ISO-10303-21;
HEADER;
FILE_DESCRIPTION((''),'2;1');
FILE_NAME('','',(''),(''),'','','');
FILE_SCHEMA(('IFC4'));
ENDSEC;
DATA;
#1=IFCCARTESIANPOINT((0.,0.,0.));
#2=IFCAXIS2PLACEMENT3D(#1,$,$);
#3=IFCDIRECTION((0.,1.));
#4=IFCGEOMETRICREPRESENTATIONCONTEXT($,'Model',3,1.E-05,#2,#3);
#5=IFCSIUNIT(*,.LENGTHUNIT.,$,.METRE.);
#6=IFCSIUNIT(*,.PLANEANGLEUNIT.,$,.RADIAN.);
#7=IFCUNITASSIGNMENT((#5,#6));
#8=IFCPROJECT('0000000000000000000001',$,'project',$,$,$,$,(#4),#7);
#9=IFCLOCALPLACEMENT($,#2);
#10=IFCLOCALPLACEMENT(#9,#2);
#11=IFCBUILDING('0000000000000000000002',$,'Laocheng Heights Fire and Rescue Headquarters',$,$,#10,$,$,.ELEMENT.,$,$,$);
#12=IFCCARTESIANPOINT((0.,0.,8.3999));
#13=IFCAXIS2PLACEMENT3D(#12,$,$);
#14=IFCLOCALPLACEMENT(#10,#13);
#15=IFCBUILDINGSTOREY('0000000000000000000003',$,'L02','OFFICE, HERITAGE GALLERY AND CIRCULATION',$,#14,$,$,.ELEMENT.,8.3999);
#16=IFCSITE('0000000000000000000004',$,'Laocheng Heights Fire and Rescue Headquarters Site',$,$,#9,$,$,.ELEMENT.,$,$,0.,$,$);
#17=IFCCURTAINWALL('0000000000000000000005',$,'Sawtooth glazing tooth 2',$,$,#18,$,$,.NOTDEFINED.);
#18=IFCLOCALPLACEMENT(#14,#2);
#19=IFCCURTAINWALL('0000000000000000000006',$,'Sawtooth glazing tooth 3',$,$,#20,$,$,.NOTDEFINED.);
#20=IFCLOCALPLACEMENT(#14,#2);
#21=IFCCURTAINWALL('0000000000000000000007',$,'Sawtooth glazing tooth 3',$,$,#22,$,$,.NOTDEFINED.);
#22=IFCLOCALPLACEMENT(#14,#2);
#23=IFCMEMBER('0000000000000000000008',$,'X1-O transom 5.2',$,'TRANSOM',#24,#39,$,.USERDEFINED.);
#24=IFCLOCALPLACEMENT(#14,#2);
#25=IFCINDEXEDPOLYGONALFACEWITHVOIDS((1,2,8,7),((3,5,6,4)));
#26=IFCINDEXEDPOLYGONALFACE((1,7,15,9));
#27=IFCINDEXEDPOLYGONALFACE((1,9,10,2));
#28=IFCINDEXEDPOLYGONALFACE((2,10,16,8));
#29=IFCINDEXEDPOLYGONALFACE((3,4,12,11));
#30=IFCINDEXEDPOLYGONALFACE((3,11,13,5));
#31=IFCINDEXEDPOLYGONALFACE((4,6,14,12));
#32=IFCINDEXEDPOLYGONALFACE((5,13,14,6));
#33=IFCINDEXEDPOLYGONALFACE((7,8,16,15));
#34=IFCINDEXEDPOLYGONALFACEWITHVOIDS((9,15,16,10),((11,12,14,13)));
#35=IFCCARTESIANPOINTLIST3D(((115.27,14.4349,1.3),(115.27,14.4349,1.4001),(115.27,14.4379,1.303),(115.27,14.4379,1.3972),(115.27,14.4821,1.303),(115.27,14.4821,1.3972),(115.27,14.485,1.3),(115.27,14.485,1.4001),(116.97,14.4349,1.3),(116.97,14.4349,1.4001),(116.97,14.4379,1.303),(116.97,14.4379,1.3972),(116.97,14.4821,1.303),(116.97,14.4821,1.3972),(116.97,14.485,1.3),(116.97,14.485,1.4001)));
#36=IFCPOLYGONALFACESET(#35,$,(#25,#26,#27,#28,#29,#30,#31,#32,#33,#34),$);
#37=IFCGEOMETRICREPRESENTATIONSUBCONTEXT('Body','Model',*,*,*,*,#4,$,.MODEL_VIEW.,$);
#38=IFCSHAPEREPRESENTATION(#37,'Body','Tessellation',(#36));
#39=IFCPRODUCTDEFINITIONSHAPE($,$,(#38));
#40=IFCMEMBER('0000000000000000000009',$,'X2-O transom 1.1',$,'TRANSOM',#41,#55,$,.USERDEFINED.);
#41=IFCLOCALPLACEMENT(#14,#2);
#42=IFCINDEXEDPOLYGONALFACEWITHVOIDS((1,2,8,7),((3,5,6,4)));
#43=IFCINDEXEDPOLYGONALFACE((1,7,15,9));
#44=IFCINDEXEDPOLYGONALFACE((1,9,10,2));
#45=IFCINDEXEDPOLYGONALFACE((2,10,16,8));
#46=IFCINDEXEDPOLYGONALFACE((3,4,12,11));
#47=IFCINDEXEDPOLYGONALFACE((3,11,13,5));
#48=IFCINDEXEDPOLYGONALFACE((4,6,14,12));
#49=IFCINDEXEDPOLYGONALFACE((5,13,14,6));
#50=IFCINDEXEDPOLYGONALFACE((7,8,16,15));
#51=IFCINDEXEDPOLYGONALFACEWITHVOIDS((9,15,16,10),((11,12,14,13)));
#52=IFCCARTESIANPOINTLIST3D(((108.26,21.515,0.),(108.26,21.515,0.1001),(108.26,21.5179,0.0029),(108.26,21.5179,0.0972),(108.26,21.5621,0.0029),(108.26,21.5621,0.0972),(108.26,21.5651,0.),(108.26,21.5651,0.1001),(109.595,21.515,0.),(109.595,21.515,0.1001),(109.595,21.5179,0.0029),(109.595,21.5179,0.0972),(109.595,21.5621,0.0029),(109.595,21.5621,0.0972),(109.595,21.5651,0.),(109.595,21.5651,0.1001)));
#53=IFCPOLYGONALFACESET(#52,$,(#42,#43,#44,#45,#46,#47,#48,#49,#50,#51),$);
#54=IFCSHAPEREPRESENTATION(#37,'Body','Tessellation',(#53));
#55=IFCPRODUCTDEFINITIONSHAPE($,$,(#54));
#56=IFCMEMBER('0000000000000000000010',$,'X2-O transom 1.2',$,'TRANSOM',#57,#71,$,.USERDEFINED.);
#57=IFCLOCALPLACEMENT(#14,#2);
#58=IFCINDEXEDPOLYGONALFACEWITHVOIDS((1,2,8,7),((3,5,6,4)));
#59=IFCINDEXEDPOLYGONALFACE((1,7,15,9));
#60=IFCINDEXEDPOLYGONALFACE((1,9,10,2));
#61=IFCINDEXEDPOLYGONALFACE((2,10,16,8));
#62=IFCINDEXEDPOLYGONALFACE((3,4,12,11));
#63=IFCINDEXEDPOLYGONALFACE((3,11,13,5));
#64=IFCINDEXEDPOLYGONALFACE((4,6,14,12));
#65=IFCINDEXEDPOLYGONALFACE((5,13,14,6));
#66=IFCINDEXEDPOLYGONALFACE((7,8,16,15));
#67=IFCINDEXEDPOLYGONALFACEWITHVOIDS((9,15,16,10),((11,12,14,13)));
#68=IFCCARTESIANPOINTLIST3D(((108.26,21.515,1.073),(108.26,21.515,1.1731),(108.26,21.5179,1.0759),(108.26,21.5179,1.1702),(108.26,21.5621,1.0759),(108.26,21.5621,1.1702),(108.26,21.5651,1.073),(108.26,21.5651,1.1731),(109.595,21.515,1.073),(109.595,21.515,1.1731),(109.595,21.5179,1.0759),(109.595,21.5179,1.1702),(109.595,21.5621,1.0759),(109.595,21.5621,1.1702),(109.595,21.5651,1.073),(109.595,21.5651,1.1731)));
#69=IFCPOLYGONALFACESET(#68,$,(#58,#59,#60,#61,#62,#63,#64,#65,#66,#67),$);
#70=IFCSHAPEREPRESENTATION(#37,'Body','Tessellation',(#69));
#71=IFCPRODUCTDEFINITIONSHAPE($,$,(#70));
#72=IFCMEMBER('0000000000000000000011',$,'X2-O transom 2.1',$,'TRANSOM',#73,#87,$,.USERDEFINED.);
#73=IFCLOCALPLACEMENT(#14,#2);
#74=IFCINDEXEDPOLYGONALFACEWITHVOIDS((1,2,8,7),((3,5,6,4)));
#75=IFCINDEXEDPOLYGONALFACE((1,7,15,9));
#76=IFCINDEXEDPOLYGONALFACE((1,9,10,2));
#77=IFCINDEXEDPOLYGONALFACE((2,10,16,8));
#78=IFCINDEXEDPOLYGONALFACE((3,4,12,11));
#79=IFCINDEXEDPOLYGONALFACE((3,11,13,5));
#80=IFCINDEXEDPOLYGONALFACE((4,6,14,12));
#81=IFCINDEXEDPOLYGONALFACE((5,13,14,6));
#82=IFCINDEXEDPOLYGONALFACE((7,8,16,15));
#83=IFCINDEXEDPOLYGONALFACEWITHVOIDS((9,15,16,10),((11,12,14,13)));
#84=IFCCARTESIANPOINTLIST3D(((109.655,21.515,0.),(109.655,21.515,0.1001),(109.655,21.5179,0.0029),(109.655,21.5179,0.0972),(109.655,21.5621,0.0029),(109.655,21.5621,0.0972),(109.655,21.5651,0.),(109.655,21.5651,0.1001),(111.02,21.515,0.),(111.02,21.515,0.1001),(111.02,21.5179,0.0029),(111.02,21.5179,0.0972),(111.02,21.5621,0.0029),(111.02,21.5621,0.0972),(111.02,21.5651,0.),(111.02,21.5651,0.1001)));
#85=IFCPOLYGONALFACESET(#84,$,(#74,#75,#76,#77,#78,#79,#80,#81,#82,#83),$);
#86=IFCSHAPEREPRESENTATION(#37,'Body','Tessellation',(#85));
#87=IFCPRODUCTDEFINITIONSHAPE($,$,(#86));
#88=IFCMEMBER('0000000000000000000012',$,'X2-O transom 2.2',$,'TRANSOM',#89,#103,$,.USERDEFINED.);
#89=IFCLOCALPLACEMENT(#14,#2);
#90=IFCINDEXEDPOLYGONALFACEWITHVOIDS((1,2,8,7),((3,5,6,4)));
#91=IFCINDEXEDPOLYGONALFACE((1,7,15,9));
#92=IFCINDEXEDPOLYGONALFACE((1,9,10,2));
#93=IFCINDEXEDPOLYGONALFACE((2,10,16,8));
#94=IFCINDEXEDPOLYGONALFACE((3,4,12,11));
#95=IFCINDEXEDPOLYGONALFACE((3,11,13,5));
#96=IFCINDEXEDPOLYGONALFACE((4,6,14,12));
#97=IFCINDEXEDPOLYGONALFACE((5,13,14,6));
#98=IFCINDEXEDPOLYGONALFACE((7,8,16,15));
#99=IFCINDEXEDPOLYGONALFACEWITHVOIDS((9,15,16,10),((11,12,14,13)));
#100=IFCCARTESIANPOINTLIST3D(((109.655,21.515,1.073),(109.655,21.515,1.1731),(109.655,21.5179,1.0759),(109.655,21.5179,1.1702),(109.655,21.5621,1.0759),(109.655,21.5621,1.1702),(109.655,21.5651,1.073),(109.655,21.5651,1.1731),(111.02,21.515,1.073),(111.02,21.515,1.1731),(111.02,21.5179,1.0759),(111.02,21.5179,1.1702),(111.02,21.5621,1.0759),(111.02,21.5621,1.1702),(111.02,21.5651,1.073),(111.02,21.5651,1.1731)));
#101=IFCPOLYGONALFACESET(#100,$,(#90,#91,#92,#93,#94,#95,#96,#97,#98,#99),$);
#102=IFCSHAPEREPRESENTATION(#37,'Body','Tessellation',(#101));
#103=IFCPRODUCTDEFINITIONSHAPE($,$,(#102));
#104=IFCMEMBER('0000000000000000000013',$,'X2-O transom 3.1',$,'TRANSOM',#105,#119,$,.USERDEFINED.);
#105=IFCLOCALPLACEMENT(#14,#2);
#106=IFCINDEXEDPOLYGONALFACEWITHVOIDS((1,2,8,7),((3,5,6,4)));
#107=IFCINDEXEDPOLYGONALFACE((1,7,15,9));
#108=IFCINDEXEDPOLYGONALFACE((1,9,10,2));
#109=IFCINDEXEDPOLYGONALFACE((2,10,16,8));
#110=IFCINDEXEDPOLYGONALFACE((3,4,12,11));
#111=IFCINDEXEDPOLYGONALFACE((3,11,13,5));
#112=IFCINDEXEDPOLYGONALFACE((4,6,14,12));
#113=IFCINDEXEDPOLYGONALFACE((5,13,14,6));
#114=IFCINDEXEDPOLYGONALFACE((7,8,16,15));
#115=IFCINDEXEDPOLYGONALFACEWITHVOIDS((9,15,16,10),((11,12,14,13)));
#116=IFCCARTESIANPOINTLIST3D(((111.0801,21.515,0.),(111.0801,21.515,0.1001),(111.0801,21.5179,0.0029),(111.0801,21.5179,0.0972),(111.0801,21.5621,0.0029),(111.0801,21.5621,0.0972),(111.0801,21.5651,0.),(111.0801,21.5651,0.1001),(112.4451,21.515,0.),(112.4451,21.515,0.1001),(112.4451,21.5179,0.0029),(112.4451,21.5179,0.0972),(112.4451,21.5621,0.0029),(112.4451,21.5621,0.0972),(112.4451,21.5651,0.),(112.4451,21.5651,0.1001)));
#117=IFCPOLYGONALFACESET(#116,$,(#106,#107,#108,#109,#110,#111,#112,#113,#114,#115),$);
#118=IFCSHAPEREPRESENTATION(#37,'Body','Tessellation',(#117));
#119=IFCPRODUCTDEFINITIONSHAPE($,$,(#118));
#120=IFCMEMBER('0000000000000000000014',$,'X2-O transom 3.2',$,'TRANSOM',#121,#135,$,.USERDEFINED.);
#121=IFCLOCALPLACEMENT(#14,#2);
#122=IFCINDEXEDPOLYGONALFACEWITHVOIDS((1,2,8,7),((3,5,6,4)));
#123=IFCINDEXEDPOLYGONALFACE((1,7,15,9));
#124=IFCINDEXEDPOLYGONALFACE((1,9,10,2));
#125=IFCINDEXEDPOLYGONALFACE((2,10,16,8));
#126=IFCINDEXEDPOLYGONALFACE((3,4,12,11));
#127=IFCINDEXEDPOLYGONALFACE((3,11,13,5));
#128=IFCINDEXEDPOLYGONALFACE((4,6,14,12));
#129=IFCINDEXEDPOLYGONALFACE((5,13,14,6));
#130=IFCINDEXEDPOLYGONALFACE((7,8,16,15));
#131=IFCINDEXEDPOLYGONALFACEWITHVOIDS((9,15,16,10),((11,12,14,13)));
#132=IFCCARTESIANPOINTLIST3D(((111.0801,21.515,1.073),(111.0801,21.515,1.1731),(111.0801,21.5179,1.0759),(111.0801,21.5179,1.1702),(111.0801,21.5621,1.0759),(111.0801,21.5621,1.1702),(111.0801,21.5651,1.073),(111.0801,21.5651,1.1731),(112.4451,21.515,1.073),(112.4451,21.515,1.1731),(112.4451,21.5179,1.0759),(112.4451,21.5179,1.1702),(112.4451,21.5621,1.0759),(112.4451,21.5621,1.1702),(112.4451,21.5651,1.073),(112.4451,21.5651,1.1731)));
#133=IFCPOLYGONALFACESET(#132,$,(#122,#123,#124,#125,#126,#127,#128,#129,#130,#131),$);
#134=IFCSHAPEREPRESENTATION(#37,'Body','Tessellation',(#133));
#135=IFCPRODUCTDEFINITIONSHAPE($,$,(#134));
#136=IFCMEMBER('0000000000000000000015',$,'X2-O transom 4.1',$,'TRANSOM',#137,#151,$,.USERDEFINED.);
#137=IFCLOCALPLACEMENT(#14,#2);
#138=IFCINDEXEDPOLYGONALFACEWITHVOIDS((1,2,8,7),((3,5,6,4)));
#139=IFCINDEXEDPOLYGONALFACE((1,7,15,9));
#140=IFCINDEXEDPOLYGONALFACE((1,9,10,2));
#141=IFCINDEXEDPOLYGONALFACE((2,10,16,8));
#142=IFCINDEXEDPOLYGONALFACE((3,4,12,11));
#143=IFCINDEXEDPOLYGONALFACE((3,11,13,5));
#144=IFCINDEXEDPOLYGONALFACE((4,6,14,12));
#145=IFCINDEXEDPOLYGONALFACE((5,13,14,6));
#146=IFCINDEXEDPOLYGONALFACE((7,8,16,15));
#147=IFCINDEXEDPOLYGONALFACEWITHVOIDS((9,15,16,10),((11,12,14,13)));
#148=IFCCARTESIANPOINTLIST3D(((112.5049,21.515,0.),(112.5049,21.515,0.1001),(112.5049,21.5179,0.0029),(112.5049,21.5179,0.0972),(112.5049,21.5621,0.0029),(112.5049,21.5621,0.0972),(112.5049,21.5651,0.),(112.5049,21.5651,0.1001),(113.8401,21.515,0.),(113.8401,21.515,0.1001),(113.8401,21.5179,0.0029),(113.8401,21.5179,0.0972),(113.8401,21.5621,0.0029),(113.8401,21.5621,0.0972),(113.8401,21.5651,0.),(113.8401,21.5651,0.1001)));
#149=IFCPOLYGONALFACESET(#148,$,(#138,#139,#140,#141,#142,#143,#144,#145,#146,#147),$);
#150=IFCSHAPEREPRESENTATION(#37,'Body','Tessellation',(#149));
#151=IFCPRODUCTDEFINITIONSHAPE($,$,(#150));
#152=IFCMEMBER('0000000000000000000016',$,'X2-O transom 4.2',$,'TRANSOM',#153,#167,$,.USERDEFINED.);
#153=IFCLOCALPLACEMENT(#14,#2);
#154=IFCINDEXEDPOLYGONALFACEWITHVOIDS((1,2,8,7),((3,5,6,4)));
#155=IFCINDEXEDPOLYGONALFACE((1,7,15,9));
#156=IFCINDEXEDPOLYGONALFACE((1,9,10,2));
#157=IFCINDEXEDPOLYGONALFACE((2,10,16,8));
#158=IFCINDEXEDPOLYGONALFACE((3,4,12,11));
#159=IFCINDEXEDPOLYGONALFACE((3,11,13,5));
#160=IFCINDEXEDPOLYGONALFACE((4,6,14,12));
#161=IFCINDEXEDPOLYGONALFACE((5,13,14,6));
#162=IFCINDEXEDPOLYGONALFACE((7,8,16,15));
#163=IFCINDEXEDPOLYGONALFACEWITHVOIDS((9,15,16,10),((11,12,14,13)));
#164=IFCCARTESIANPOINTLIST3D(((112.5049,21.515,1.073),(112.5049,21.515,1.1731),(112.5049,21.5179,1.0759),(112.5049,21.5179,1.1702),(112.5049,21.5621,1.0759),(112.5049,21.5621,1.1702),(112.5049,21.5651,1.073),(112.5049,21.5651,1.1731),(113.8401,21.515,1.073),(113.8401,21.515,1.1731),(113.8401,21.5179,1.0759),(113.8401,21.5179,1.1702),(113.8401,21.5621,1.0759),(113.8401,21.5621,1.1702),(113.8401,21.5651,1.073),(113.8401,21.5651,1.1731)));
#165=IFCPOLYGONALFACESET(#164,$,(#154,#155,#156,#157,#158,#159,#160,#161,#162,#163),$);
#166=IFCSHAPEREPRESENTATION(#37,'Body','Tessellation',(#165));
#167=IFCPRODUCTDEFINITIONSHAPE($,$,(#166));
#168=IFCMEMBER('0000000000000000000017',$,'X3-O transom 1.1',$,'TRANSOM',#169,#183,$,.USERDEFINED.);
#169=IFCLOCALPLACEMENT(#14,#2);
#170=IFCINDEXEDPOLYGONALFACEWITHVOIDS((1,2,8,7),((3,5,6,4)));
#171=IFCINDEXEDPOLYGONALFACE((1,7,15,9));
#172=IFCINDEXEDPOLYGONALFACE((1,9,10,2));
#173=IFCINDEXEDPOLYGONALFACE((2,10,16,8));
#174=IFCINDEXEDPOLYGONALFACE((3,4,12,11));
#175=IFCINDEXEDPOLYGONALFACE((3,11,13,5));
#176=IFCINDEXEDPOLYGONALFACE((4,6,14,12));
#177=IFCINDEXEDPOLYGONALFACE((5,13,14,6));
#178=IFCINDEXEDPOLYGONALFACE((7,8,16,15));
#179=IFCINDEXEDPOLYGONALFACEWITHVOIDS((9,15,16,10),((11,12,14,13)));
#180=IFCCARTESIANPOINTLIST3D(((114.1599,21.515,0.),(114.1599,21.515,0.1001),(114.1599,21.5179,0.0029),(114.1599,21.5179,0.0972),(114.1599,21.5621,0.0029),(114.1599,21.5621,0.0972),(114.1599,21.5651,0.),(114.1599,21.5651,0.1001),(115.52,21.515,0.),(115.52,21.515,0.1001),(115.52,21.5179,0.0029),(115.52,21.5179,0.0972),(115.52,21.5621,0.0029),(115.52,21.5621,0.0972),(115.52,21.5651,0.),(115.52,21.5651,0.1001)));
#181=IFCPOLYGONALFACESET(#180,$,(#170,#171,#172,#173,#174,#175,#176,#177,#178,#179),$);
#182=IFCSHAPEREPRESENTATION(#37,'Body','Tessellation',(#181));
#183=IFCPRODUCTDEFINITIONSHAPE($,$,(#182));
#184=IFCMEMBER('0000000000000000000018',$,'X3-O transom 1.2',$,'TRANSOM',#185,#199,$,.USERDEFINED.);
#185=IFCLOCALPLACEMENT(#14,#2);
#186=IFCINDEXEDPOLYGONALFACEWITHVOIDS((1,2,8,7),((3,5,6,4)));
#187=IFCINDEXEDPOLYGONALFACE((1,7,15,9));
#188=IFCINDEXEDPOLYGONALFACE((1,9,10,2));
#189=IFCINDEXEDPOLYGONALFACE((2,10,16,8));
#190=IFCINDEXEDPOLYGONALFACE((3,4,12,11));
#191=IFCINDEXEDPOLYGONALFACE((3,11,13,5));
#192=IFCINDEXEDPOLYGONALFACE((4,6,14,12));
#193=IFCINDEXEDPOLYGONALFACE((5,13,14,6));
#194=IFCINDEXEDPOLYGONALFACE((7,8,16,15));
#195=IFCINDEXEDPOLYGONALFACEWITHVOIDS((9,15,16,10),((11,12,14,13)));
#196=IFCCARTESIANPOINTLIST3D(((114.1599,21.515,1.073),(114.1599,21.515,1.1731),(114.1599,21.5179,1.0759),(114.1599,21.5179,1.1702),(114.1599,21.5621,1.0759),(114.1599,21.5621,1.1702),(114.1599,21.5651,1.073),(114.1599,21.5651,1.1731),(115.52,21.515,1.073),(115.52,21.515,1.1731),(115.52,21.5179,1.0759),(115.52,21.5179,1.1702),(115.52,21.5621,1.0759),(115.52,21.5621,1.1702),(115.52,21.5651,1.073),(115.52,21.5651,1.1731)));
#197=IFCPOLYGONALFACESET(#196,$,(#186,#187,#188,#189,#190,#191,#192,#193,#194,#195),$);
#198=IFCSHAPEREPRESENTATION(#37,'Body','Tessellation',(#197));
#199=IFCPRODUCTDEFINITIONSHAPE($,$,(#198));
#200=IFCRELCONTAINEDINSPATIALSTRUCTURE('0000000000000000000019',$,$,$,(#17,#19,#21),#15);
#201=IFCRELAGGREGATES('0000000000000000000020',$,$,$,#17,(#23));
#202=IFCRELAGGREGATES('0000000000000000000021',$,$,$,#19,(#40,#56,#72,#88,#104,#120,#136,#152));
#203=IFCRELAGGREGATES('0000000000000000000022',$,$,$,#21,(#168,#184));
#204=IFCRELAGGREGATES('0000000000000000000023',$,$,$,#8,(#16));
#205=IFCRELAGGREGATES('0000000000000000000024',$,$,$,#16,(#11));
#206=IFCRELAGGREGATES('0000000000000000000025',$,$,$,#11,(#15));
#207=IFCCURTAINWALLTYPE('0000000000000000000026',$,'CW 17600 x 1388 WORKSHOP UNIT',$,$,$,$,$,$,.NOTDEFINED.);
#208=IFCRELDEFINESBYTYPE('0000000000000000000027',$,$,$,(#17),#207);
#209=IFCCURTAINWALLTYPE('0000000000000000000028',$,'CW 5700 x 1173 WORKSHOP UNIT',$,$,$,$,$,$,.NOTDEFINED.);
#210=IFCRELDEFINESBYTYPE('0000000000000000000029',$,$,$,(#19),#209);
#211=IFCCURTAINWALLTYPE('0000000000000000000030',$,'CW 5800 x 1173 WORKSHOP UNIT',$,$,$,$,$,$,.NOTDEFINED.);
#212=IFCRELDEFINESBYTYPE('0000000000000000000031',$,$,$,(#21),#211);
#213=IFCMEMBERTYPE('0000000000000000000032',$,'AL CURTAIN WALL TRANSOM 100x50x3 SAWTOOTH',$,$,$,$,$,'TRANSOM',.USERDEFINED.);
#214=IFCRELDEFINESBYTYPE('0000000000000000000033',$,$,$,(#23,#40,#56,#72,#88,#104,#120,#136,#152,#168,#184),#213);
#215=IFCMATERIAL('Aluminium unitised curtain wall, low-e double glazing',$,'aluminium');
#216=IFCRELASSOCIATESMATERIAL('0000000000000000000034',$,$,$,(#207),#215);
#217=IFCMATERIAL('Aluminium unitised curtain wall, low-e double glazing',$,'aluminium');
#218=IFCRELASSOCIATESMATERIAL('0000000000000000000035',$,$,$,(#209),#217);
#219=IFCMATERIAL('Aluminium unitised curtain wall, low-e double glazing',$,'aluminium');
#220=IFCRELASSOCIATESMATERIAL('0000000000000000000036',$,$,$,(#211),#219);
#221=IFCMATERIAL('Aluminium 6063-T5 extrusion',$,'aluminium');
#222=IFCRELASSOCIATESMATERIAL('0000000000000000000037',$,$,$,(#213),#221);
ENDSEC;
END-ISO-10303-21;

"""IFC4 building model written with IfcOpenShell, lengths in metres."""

from ifc_helpers import new_model, si_unit, direction, frame, origin, origin_2d, place, context, subcontext, project, spatial, hollow_rectangle, extrude, material, material_profile, profile_set, type_object, element, aggregate, save


model = new_model("IFC4")

# Units and contexts
model_context = context("Model", 3, precision=1e-05, world=origin(), true_north=direction((0.0, 1.0)))
body_context = subcontext(model_context, "Body", "Model", "MODEL_VIEW")
ifc_project = project(units=[si_unit("LENGTHUNIT", "METRE"), si_unit("PLANEANGLEUNIT", "RADIAN")], contexts=[model_context])

# Site, building, storey
site_placement = place(None, origin())
site = spatial("IfcSite", under=ifc_project, at=site_placement, Name="Laocheng Heights Fire and Rescue Headquarters Site", CompositionType="ELEMENT", RefElevation=0.0)
building_placement = place(site_placement, origin())
building = spatial("IfcBuilding", under=site, at=building_placement, Name="Laocheng Heights Fire and Rescue Headquarters", CompositionType="ELEMENT")
storey_placement = place(building_placement, frame((0.0, 0.0, 8.3999)))
storey = spatial("IfcBuildingStorey", under=building, at=storey_placement, Name="L02", Description="OFFICE, HERITAGE GALLERY AND CIRCULATION", CompositionType="ELEMENT", Elevation=8.3999)

# Curtain walls
ifc_material_1 = material(Name="Aluminium unitised curtain wall, low-e double glazing", Category="aluminium")
curtain_wall_type_1 = type_object("IfcCurtainWallType", Name="CW 17600 x 1388 WORKSHOP UNIT", PredefinedType="NOTDEFINED", material=ifc_material_1)
curtain_wall_1_placement = place(storey_placement, origin())
curtain_wall_1 = element("IfcCurtainWall", 1, at=curtain_wall_1_placement, inside=storey, type_object=curtain_wall_type_1, Name="Sawtooth glazing tooth 2", PredefinedType="NOTDEFINED")
ifc_material_2 = material(Name="Aluminium unitised curtain wall, low-e double glazing", Category="aluminium")
curtain_wall_type_2 = type_object("IfcCurtainWallType", Name="CW 5700 x 1173 WORKSHOP UNIT", PredefinedType="NOTDEFINED", material=ifc_material_2)
curtain_wall_2_placement = place(storey_placement, origin())
curtain_wall_2 = element("IfcCurtainWall", 2, at=curtain_wall_2_placement, inside=storey, type_object=curtain_wall_type_2, Name="Sawtooth glazing tooth 3", PredefinedType="NOTDEFINED")

# Curtain wall
ifc_material_3 = material(Name="Aluminium unitised curtain wall, low-e double glazing", Category="aluminium")
curtain_wall_type_3 = type_object("IfcCurtainWallType", Name="CW 5800 x 1173 WORKSHOP UNIT", PredefinedType="NOTDEFINED", material=ifc_material_3)
curtain_wall_3_placement = place(storey_placement, origin())
curtain_wall_3 = element("IfcCurtainWall", 3, at=curtain_wall_3_placement, inside=storey, type_object=curtain_wall_type_3, Name="Sawtooth glazing tooth 3", PredefinedType="NOTDEFINED")

# Members
ifc_material_4 = material(Name="Aluminium 6063-T5 extrusion", Category="aluminium")
ifc_material_profile_1 = material_profile(ifc_material_4, hollow_rectangle(XDim=0.05, YDim=0.1001, WallThickness=0.0029, at=origin_2d()), Name="AL TRANSOM 100x50x3")
ifc_profile_set_1 = profile_set([ifc_material_profile_1], Name="Aluminium 6063-T5 extrusion")
member_type_1 = type_object("IfcMemberType", Name="AL CURTAIN WALL TRANSOM 100x50x3 SAWTOOTH", ElementType="TRANSOM", PredefinedType="USERDEFINED", material=ifc_profile_set_1)
member_1_placement = place(storey_placement, frame((115.27, 14.46, 1.3501), z_axis=(1.0, 0.0, 0.0), x_axis=(0.0, 1.0, 0.0)))
member_1 = element("IfcMember", 4, at=member_1_placement, type_object=member_type_1, Name="X1-O transom 5.2", ObjectType="TRANSOM", PredefinedType="USERDEFINED", context=body_context, shape_type="SweptSolid", body=[
    extrude(hollow_rectangle(XDim=0.05, YDim=0.1001, WallThickness=0.0029, at=origin_2d()), origin(), (0.0, 0.0, 1.0), 1.7),
])
member_2_placement = place(storey_placement, frame((108.26, 21.54, 0.05), z_axis=(1.0, 0.0, 0.0), x_axis=(0.0, 1.0, 0.0)))
member_2 = element("IfcMember", 5, at=member_2_placement, type_object=member_type_1, Name="X2-O transom 1.1", ObjectType="TRANSOM", PredefinedType="USERDEFINED", context=body_context, shape_type="SweptSolid", body=[
    extrude(hollow_rectangle(XDim=0.05, YDim=0.1001, WallThickness=0.0029, at=origin_2d()), origin(), (0.0, 0.0, 1.0), 1.335),
])
member_3_placement = place(storey_placement, frame((108.26, 21.54, 1.123), z_axis=(1.0, 0.0, 0.0), x_axis=(0.0, 1.0, 0.0)))
member_3 = element("IfcMember", 6, at=member_3_placement, type_object=member_type_1, Name="X2-O transom 1.2", ObjectType="TRANSOM", PredefinedType="USERDEFINED", context=body_context, shape_type="SweptSolid", body=[
    extrude(hollow_rectangle(XDim=0.05, YDim=0.1001, WallThickness=0.0029, at=origin_2d()), origin(), (0.0, 0.0, 1.0), 1.335),
])
member_4_placement = place(storey_placement, frame((109.655, 21.54, 0.05), z_axis=(1.0, 0.0, 0.0), x_axis=(0.0, 1.0, 0.0)))
member_4 = element("IfcMember", 7, at=member_4_placement, type_object=member_type_1, Name="X2-O transom 2.1", ObjectType="TRANSOM", PredefinedType="USERDEFINED", context=body_context, shape_type="SweptSolid", body=[
    extrude(hollow_rectangle(XDim=0.05, YDim=0.1001, WallThickness=0.0029, at=origin_2d()), origin(), (0.0, 0.0, 1.0), 1.365),
])
member_5_placement = place(storey_placement, frame((109.655, 21.54, 1.123), z_axis=(1.0, 0.0, 0.0), x_axis=(0.0, 1.0, 0.0)))
member_5 = element("IfcMember", 8, at=member_5_placement, type_object=member_type_1, Name="X2-O transom 2.2", ObjectType="TRANSOM", PredefinedType="USERDEFINED", context=body_context, shape_type="SweptSolid", body=[
    extrude(hollow_rectangle(XDim=0.05, YDim=0.1001, WallThickness=0.0029, at=origin_2d()), origin(), (0.0, 0.0, 1.0), 1.365),
])
member_6_placement = place(storey_placement, frame((111.0801, 21.54, 0.05), z_axis=(1.0, 0.0, 0.0), x_axis=(0.0, 1.0, 0.0)))
member_6 = element("IfcMember", 9, at=member_6_placement, type_object=member_type_1, Name="X2-O transom 3.1", ObjectType="TRANSOM", PredefinedType="USERDEFINED", context=body_context, shape_type="SweptSolid", body=[
    extrude(hollow_rectangle(XDim=0.05, YDim=0.1001, WallThickness=0.0029, at=origin_2d()), origin(), (0.0, 0.0, 1.0), 1.365),
])
member_7_placement = place(storey_placement, frame((111.0801, 21.54, 1.123), z_axis=(1.0, 0.0, 0.0), x_axis=(0.0, 1.0, 0.0)))
member_7 = element("IfcMember", 10, at=member_7_placement, type_object=member_type_1, Name="X2-O transom 3.2", ObjectType="TRANSOM", PredefinedType="USERDEFINED", context=body_context, shape_type="SweptSolid", body=[
    extrude(hollow_rectangle(XDim=0.05, YDim=0.1001, WallThickness=0.0029, at=origin_2d()), origin(), (0.0, 0.0, 1.0), 1.365),
])
member_8_placement = place(storey_placement, frame((112.5049, 21.54, 0.05), z_axis=(1.0, 0.0, 0.0), x_axis=(0.0, 1.0, 0.0)))
member_8 = element("IfcMember", 11, at=member_8_placement, type_object=member_type_1, Name="X2-O transom 4.1", ObjectType="TRANSOM", PredefinedType="USERDEFINED", context=body_context, shape_type="SweptSolid", body=[
    extrude(hollow_rectangle(XDim=0.05, YDim=0.1001, WallThickness=0.0029, at=origin_2d()), origin(), (0.0, 0.0, 1.0), 1.3352),
])
member_9_placement = place(storey_placement, frame((112.5049, 21.54, 1.123), z_axis=(1.0, 0.0, 0.0), x_axis=(0.0, 1.0, 0.0)))
member_9 = element("IfcMember", 12, at=member_9_placement, type_object=member_type_1, Name="X2-O transom 4.2", ObjectType="TRANSOM", PredefinedType="USERDEFINED", context=body_context, shape_type="SweptSolid", body=[
    extrude(hollow_rectangle(XDim=0.05, YDim=0.1001, WallThickness=0.0029, at=origin_2d()), origin(), (0.0, 0.0, 1.0), 1.3352),
])
member_10_placement = place(storey_placement, frame((114.1599, 21.54, 0.05), z_axis=(1.0, 0.0, 0.0), x_axis=(0.0, 1.0, 0.0)))
member_10 = element("IfcMember", 13, at=member_10_placement, type_object=member_type_1, Name="X3-O transom 1.1", ObjectType="TRANSOM", PredefinedType="USERDEFINED", context=body_context, shape_type="SweptSolid", body=[
    extrude(hollow_rectangle(XDim=0.05, YDim=0.1001, WallThickness=0.0029, at=origin_2d()), origin(), (0.0, 0.0, 1.0), 1.3601),
])
member_11_placement = place(storey_placement, frame((114.1599, 21.54, 1.123), z_axis=(1.0, 0.0, 0.0), x_axis=(0.0, 1.0, 0.0)))
member_11 = element("IfcMember", 14, at=member_11_placement, type_object=member_type_1, Name="X3-O transom 1.2", ObjectType="TRANSOM", PredefinedType="USERDEFINED", context=body_context, shape_type="SweptSolid", body=[
    extrude(hollow_rectangle(XDim=0.05, YDim=0.1001, WallThickness=0.0029, at=origin_2d()), origin(), (0.0, 0.0, 1.0), 1.3601),
])

aggregate(curtain_wall_1, [member_1])
aggregate(curtain_wall_2, [member_2, member_3, member_4, member_5, member_6, member_7, member_8, member_9])
aggregate(curtain_wall_3, [member_10, member_11])

save(model, "model.ifc")
